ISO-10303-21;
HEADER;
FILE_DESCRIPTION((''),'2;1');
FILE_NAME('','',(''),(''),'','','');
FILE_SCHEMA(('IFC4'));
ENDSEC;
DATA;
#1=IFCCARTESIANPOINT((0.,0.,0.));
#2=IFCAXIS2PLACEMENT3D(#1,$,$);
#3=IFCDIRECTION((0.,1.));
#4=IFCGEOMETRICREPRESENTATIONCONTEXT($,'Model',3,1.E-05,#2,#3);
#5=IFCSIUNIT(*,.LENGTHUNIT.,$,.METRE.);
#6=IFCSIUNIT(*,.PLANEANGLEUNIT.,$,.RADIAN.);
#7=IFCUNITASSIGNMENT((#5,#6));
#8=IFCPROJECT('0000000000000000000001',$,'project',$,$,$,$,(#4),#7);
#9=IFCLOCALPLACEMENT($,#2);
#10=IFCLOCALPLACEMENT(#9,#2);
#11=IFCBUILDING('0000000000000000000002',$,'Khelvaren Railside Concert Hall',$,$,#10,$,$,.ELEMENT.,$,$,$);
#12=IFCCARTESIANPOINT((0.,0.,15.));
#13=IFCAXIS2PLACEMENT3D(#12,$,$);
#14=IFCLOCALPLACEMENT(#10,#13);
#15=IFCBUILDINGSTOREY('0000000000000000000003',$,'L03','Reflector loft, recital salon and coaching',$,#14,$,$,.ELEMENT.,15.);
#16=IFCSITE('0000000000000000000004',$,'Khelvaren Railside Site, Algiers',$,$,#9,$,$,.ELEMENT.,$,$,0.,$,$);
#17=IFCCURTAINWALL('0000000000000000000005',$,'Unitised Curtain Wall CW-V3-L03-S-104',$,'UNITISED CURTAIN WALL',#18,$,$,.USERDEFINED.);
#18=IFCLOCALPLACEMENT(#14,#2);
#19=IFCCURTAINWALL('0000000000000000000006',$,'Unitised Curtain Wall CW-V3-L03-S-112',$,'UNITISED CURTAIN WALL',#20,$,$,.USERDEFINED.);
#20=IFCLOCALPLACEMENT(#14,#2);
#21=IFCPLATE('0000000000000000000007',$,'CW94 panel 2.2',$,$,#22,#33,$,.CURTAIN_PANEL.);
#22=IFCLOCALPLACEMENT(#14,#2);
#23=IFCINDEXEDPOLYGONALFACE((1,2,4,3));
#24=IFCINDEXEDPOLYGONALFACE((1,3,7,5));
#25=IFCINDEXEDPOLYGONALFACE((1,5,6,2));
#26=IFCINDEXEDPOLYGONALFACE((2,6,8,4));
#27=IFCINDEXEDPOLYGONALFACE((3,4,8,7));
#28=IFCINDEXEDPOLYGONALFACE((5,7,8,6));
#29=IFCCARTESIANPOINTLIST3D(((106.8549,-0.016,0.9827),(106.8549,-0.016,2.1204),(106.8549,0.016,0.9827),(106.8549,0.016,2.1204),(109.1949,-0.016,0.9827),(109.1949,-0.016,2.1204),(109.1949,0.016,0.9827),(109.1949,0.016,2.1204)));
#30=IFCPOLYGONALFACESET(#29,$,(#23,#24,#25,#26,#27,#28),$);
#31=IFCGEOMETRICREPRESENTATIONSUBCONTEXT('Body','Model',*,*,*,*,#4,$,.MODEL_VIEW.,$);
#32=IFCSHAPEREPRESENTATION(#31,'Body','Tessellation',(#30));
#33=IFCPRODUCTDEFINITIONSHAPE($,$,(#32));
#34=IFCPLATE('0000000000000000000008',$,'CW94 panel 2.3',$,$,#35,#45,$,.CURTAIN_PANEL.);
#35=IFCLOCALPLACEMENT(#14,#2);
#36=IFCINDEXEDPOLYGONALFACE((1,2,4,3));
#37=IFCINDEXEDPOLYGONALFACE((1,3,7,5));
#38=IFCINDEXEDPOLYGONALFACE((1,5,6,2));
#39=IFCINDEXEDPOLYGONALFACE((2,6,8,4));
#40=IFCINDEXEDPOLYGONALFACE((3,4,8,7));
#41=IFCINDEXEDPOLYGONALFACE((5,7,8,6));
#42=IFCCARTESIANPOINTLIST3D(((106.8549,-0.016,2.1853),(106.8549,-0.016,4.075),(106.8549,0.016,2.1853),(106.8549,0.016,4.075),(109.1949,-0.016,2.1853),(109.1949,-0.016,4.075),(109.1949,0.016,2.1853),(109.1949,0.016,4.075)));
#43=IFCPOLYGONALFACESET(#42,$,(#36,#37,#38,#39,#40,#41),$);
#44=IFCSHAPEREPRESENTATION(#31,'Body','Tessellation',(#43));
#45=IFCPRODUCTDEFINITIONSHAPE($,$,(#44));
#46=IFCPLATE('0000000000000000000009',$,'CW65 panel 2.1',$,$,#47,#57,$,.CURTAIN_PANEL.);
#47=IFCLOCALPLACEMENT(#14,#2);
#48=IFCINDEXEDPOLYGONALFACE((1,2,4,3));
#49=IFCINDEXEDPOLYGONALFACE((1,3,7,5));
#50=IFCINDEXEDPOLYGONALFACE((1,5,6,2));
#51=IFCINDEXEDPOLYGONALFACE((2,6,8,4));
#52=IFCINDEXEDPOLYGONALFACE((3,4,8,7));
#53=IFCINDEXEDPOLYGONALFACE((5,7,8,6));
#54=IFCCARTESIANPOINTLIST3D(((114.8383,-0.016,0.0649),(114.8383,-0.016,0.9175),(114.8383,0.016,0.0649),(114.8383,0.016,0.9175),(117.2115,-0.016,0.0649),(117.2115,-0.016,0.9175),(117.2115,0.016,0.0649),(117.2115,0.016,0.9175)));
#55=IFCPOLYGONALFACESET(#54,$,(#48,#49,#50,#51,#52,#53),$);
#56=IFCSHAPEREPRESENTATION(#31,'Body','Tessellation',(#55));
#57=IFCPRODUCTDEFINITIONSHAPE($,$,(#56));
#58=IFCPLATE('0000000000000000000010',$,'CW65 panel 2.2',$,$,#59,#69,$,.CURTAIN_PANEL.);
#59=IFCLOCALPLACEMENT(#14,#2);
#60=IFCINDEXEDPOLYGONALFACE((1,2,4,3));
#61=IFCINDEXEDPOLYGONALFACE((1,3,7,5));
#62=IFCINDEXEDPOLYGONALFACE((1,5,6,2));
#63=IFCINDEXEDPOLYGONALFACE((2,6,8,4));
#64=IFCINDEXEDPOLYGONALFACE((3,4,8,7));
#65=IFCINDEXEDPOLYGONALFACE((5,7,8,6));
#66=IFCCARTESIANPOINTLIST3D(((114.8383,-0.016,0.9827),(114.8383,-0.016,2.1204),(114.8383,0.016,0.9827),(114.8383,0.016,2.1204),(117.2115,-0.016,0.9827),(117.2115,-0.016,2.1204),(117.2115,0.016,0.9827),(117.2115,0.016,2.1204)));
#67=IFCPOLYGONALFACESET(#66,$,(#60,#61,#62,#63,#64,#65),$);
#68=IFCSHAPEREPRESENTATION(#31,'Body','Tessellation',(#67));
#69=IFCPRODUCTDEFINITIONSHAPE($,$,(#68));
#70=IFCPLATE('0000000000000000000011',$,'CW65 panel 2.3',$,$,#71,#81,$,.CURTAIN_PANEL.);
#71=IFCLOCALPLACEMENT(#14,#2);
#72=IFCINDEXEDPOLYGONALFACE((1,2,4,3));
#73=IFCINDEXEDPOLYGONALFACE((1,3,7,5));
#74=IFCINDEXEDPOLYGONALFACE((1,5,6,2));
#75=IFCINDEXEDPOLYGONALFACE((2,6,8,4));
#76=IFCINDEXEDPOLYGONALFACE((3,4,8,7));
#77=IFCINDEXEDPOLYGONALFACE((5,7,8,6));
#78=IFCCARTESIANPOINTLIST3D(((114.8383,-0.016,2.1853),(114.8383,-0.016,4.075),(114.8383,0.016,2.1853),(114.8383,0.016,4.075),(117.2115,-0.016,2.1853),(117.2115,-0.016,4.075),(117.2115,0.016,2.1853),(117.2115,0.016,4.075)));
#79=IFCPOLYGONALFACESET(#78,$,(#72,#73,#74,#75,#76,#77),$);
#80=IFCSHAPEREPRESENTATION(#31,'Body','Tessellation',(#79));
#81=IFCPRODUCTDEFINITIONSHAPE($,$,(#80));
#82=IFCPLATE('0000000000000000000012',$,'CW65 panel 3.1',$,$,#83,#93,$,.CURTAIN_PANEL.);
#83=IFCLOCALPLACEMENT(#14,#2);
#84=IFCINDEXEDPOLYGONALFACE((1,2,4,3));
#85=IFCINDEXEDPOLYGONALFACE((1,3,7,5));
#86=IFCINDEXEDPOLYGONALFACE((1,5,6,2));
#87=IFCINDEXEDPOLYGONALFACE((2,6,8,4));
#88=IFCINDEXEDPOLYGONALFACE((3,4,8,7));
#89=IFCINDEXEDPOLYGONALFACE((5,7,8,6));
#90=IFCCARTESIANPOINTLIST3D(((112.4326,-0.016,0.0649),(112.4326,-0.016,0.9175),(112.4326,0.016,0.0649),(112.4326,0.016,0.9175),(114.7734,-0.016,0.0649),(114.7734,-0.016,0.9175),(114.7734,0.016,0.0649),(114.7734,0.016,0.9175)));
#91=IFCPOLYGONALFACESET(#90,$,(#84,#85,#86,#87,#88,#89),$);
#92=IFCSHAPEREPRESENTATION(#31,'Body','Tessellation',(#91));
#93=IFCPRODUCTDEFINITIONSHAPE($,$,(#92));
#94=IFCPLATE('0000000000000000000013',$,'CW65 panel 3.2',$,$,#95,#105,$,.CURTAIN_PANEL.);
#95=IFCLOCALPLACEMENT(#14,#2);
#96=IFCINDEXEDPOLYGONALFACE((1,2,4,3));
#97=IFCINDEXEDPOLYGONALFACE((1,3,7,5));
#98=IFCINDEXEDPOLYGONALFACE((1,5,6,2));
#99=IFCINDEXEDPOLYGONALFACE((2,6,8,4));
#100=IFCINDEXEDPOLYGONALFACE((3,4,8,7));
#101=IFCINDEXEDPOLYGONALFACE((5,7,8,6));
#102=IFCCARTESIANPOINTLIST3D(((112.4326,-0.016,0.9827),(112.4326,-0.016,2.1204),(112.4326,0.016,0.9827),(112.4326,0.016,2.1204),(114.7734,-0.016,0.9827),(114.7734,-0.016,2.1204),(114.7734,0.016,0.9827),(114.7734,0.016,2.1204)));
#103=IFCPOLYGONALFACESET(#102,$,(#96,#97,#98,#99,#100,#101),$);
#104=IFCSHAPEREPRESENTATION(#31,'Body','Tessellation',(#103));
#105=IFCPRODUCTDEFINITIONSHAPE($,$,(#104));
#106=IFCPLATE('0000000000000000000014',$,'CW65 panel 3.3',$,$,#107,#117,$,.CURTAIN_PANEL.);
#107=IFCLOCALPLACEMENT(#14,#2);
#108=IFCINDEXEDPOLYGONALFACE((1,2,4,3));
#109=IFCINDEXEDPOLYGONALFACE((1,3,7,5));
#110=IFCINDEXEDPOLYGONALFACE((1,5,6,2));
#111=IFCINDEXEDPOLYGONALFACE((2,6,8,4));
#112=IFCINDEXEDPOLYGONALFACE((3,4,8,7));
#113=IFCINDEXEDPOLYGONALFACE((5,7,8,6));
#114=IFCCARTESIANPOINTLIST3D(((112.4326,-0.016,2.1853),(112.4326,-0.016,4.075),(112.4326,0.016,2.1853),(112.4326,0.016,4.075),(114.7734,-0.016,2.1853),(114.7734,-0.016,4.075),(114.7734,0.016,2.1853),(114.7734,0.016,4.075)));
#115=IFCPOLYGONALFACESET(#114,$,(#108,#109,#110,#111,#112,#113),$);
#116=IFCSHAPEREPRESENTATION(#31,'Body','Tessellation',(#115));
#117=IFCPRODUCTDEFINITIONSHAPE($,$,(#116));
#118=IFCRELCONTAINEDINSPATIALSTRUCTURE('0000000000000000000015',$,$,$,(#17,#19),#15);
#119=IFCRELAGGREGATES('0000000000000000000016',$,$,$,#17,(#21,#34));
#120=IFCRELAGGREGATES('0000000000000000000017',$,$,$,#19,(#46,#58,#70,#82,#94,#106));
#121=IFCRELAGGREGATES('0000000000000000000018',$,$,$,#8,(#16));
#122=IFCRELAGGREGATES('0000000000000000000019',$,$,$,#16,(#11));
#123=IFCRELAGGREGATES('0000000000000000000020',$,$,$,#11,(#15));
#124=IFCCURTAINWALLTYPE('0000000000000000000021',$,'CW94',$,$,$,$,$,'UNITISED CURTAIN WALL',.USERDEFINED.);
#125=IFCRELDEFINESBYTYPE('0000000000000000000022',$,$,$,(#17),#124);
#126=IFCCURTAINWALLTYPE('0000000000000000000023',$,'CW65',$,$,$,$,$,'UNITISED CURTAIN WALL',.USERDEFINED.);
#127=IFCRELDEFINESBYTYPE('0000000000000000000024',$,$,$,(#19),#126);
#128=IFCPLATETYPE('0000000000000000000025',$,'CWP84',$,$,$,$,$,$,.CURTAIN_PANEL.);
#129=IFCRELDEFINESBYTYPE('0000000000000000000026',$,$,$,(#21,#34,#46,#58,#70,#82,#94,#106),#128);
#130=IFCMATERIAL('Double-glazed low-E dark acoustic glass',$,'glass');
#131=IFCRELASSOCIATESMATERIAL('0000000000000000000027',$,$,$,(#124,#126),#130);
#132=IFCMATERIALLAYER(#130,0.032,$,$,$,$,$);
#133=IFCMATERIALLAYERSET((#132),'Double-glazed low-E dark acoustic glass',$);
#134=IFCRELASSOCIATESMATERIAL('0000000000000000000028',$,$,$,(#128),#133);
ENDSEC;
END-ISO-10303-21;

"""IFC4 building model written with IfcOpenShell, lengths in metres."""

from ifc_helpers import new_model, si_unit, direction, frame, origin, origin_2d, place, context, subcontext, project, spatial, rectangle, extrude, material, layer, layer_set, type_object, element, aggregate, save


model = new_model("IFC4")

# Units and contexts
model_context = context("Model", 3, precision=1e-05, world=origin(), true_north=direction((0.0, 1.0)))
body_context = subcontext(model_context, "Body", "Model", "MODEL_VIEW")
ifc_project = project(units=[si_unit("LENGTHUNIT", "METRE"), si_unit("PLANEANGLEUNIT", "RADIAN")], contexts=[model_context])

# Site, building, storey
site_placement = place(None, origin())
site = spatial("IfcSite", under=ifc_project, at=site_placement, Name="Khelvaren Railside Site, Algiers", CompositionType="ELEMENT", RefElevation=0.0)
building_placement = place(site_placement, origin())
building = spatial("IfcBuilding", under=site, at=building_placement, Name="Khelvaren Railside Concert Hall", CompositionType="ELEMENT")
storey_placement = place(building_placement, frame((0.0, 0.0, 15.0)))
storey = spatial("IfcBuildingStorey", under=building, at=storey_placement, Name="L03", Description="Reflector loft, recital salon and coaching", CompositionType="ELEMENT", Elevation=15.0)

# Curtain walls
ifc_material_1 = material(Name="Double-glazed low-E dark acoustic glass", Category="glass")
curtain_wall_type_1 = type_object("IfcCurtainWallType", Name="CW94", ElementType="UNITISED CURTAIN WALL", PredefinedType="USERDEFINED", material=ifc_material_1)
curtain_wall_1_placement = place(storey_placement, origin())
curtain_wall_1 = element("IfcCurtainWall", 1, at=curtain_wall_1_placement, inside=storey, type_object=curtain_wall_type_1, Name="Unitised Curtain Wall CW-V3-L03-S-104", ObjectType="UNITISED CURTAIN WALL", PredefinedType="USERDEFINED")
curtain_wall_type_2 = type_object("IfcCurtainWallType", Name="CW65", ElementType="UNITISED CURTAIN WALL", PredefinedType="USERDEFINED", material=ifc_material_1)
curtain_wall_2_placement = place(storey_placement, origin())
curtain_wall_2 = element("IfcCurtainWall", 2, at=curtain_wall_2_placement, inside=storey, type_object=curtain_wall_type_2, Name="Unitised Curtain Wall CW-V3-L03-S-112", ObjectType="UNITISED CURTAIN WALL", PredefinedType="USERDEFINED")

# Plates
ifc_layer = layer(ifc_material_1, 0.032)
ifc_layer_set = layer_set([ifc_layer], Name="Double-glazed low-E dark acoustic glass")
plate_type = type_object("IfcPlateType", Name="CWP84", PredefinedType="CURTAIN_PANEL", material=ifc_layer_set)
plate_1_placement = place(storey_placement, frame((108.0249, 0.0, 0.9827), z_axis=(0.0, 0.0, 1.0), x_axis=(-1.0, 0.0, 0.0)))
plate_1 = element("IfcPlate", 3, at=plate_1_placement, type_object=plate_type, Name="CW94 panel 2.2", PredefinedType="CURTAIN_PANEL", context=body_context, shape_type="SweptSolid", body=[
    extrude(rectangle(XDim=2.3401, YDim=0.032, at=origin_2d()), origin(), (0.0, 0.0, 1.0), 1.1377),
])
plate_2_placement = place(storey_placement, frame((108.0249, 0.0, 2.1853), z_axis=(0.0, 0.0, 1.0), x_axis=(-1.0, 0.0, 0.0)))
plate_2 = element("IfcPlate", 4, at=plate_2_placement, type_object=plate_type, Name="CW94 panel 2.3", PredefinedType="CURTAIN_PANEL", context=body_context, shape_type="SweptSolid", body=[
    extrude(rectangle(XDim=2.3401, YDim=0.032, at=origin_2d()), origin(), (0.0, 0.0, 1.0), 1.8896),
])
aggregate(curtain_wall_1, [plate_1, plate_2])
plate_3_placement = place(storey_placement, frame((116.0249, 0.0, 0.0649), z_axis=(0.0, 0.0, 1.0), x_axis=(-1.0, 0.0, 0.0)))
plate_3 = element("IfcPlate", 5, at=plate_3_placement, type_object=plate_type, Name="CW65 panel 2.1", PredefinedType="CURTAIN_PANEL", context=body_context, shape_type="SweptSolid", body=[
    extrude(rectangle(XDim=2.3733, YDim=0.032, at=origin_2d()), origin(), (0.0, 0.0, 1.0), 0.8525),
])
plate_4_placement = place(storey_placement, frame((116.0249, 0.0, 0.9827), z_axis=(0.0, 0.0, 1.0), x_axis=(-1.0, 0.0, 0.0)))
plate_4 = element("IfcPlate", 6, at=plate_4_placement, type_object=plate_type, Name="CW65 panel 2.2", PredefinedType="CURTAIN_PANEL", context=body_context, shape_type="SweptSolid", body=[
    extrude(rectangle(XDim=2.3733, YDim=0.032, at=origin_2d()), origin(), (0.0, 0.0, 1.0), 1.1377),
])
plate_5_placement = place(storey_placement, frame((116.0249, 0.0, 2.1853), z_axis=(0.0, 0.0, 1.0), x_axis=(-1.0, 0.0, 0.0)))
plate_5 = element("IfcPlate", 7, at=plate_5_placement, type_object=plate_type, Name="CW65 panel 2.3", PredefinedType="CURTAIN_PANEL", context=body_context, shape_type="SweptSolid", body=[
    extrude(rectangle(XDim=2.3733, YDim=0.032, at=origin_2d()), origin(), (0.0, 0.0, 1.0), 1.8896),
])
plate_6_placement = place(storey_placement, frame((113.603, 0.0, 0.0649), z_axis=(0.0, 0.0, 1.0), x_axis=(-1.0, 0.0, 0.0)))
plate_6 = element("IfcPlate", 8, at=plate_6_placement, type_object=plate_type, Name="CW65 panel 3.1", PredefinedType="CURTAIN_PANEL", context=body_context, shape_type="SweptSolid", body=[
    extrude(rectangle(XDim=2.3408, YDim=0.032, at=origin_2d()), origin(), (0.0, 0.0, 1.0), 0.8525),
])
plate_7_placement = place(storey_placement, frame((113.603, 0.0, 0.9827), z_axis=(0.0, 0.0, 1.0), x_axis=(-1.0, 0.0, 0.0)))
plate_7 = element("IfcPlate", 9, at=plate_7_placement, type_object=plate_type, Name="CW65 panel 3.2", PredefinedType="CURTAIN_PANEL", context=body_context, shape_type="SweptSolid", body=[
    extrude(rectangle(XDim=2.3408, YDim=0.032, at=origin_2d()), origin(), (0.0, 0.0, 1.0), 1.1377),
])
plate_8_placement = place(storey_placement, frame((113.603, 0.0, 2.1853), z_axis=(0.0, 0.0, 1.0), x_axis=(-1.0, 0.0, 0.0)))
plate_8 = element("IfcPlate", 10, at=plate_8_placement, type_object=plate_type, Name="CW65 panel 3.3", PredefinedType="CURTAIN_PANEL", context=body_context, shape_type="SweptSolid", body=[
    extrude(rectangle(XDim=2.3408, YDim=0.032, at=origin_2d()), origin(), (0.0, 0.0, 1.0), 1.8896),
])
aggregate(curtain_wall_2, [plate_3, plate_4, plate_5, plate_6, plate_7, plate_8])

save(model, "model.ifc")
